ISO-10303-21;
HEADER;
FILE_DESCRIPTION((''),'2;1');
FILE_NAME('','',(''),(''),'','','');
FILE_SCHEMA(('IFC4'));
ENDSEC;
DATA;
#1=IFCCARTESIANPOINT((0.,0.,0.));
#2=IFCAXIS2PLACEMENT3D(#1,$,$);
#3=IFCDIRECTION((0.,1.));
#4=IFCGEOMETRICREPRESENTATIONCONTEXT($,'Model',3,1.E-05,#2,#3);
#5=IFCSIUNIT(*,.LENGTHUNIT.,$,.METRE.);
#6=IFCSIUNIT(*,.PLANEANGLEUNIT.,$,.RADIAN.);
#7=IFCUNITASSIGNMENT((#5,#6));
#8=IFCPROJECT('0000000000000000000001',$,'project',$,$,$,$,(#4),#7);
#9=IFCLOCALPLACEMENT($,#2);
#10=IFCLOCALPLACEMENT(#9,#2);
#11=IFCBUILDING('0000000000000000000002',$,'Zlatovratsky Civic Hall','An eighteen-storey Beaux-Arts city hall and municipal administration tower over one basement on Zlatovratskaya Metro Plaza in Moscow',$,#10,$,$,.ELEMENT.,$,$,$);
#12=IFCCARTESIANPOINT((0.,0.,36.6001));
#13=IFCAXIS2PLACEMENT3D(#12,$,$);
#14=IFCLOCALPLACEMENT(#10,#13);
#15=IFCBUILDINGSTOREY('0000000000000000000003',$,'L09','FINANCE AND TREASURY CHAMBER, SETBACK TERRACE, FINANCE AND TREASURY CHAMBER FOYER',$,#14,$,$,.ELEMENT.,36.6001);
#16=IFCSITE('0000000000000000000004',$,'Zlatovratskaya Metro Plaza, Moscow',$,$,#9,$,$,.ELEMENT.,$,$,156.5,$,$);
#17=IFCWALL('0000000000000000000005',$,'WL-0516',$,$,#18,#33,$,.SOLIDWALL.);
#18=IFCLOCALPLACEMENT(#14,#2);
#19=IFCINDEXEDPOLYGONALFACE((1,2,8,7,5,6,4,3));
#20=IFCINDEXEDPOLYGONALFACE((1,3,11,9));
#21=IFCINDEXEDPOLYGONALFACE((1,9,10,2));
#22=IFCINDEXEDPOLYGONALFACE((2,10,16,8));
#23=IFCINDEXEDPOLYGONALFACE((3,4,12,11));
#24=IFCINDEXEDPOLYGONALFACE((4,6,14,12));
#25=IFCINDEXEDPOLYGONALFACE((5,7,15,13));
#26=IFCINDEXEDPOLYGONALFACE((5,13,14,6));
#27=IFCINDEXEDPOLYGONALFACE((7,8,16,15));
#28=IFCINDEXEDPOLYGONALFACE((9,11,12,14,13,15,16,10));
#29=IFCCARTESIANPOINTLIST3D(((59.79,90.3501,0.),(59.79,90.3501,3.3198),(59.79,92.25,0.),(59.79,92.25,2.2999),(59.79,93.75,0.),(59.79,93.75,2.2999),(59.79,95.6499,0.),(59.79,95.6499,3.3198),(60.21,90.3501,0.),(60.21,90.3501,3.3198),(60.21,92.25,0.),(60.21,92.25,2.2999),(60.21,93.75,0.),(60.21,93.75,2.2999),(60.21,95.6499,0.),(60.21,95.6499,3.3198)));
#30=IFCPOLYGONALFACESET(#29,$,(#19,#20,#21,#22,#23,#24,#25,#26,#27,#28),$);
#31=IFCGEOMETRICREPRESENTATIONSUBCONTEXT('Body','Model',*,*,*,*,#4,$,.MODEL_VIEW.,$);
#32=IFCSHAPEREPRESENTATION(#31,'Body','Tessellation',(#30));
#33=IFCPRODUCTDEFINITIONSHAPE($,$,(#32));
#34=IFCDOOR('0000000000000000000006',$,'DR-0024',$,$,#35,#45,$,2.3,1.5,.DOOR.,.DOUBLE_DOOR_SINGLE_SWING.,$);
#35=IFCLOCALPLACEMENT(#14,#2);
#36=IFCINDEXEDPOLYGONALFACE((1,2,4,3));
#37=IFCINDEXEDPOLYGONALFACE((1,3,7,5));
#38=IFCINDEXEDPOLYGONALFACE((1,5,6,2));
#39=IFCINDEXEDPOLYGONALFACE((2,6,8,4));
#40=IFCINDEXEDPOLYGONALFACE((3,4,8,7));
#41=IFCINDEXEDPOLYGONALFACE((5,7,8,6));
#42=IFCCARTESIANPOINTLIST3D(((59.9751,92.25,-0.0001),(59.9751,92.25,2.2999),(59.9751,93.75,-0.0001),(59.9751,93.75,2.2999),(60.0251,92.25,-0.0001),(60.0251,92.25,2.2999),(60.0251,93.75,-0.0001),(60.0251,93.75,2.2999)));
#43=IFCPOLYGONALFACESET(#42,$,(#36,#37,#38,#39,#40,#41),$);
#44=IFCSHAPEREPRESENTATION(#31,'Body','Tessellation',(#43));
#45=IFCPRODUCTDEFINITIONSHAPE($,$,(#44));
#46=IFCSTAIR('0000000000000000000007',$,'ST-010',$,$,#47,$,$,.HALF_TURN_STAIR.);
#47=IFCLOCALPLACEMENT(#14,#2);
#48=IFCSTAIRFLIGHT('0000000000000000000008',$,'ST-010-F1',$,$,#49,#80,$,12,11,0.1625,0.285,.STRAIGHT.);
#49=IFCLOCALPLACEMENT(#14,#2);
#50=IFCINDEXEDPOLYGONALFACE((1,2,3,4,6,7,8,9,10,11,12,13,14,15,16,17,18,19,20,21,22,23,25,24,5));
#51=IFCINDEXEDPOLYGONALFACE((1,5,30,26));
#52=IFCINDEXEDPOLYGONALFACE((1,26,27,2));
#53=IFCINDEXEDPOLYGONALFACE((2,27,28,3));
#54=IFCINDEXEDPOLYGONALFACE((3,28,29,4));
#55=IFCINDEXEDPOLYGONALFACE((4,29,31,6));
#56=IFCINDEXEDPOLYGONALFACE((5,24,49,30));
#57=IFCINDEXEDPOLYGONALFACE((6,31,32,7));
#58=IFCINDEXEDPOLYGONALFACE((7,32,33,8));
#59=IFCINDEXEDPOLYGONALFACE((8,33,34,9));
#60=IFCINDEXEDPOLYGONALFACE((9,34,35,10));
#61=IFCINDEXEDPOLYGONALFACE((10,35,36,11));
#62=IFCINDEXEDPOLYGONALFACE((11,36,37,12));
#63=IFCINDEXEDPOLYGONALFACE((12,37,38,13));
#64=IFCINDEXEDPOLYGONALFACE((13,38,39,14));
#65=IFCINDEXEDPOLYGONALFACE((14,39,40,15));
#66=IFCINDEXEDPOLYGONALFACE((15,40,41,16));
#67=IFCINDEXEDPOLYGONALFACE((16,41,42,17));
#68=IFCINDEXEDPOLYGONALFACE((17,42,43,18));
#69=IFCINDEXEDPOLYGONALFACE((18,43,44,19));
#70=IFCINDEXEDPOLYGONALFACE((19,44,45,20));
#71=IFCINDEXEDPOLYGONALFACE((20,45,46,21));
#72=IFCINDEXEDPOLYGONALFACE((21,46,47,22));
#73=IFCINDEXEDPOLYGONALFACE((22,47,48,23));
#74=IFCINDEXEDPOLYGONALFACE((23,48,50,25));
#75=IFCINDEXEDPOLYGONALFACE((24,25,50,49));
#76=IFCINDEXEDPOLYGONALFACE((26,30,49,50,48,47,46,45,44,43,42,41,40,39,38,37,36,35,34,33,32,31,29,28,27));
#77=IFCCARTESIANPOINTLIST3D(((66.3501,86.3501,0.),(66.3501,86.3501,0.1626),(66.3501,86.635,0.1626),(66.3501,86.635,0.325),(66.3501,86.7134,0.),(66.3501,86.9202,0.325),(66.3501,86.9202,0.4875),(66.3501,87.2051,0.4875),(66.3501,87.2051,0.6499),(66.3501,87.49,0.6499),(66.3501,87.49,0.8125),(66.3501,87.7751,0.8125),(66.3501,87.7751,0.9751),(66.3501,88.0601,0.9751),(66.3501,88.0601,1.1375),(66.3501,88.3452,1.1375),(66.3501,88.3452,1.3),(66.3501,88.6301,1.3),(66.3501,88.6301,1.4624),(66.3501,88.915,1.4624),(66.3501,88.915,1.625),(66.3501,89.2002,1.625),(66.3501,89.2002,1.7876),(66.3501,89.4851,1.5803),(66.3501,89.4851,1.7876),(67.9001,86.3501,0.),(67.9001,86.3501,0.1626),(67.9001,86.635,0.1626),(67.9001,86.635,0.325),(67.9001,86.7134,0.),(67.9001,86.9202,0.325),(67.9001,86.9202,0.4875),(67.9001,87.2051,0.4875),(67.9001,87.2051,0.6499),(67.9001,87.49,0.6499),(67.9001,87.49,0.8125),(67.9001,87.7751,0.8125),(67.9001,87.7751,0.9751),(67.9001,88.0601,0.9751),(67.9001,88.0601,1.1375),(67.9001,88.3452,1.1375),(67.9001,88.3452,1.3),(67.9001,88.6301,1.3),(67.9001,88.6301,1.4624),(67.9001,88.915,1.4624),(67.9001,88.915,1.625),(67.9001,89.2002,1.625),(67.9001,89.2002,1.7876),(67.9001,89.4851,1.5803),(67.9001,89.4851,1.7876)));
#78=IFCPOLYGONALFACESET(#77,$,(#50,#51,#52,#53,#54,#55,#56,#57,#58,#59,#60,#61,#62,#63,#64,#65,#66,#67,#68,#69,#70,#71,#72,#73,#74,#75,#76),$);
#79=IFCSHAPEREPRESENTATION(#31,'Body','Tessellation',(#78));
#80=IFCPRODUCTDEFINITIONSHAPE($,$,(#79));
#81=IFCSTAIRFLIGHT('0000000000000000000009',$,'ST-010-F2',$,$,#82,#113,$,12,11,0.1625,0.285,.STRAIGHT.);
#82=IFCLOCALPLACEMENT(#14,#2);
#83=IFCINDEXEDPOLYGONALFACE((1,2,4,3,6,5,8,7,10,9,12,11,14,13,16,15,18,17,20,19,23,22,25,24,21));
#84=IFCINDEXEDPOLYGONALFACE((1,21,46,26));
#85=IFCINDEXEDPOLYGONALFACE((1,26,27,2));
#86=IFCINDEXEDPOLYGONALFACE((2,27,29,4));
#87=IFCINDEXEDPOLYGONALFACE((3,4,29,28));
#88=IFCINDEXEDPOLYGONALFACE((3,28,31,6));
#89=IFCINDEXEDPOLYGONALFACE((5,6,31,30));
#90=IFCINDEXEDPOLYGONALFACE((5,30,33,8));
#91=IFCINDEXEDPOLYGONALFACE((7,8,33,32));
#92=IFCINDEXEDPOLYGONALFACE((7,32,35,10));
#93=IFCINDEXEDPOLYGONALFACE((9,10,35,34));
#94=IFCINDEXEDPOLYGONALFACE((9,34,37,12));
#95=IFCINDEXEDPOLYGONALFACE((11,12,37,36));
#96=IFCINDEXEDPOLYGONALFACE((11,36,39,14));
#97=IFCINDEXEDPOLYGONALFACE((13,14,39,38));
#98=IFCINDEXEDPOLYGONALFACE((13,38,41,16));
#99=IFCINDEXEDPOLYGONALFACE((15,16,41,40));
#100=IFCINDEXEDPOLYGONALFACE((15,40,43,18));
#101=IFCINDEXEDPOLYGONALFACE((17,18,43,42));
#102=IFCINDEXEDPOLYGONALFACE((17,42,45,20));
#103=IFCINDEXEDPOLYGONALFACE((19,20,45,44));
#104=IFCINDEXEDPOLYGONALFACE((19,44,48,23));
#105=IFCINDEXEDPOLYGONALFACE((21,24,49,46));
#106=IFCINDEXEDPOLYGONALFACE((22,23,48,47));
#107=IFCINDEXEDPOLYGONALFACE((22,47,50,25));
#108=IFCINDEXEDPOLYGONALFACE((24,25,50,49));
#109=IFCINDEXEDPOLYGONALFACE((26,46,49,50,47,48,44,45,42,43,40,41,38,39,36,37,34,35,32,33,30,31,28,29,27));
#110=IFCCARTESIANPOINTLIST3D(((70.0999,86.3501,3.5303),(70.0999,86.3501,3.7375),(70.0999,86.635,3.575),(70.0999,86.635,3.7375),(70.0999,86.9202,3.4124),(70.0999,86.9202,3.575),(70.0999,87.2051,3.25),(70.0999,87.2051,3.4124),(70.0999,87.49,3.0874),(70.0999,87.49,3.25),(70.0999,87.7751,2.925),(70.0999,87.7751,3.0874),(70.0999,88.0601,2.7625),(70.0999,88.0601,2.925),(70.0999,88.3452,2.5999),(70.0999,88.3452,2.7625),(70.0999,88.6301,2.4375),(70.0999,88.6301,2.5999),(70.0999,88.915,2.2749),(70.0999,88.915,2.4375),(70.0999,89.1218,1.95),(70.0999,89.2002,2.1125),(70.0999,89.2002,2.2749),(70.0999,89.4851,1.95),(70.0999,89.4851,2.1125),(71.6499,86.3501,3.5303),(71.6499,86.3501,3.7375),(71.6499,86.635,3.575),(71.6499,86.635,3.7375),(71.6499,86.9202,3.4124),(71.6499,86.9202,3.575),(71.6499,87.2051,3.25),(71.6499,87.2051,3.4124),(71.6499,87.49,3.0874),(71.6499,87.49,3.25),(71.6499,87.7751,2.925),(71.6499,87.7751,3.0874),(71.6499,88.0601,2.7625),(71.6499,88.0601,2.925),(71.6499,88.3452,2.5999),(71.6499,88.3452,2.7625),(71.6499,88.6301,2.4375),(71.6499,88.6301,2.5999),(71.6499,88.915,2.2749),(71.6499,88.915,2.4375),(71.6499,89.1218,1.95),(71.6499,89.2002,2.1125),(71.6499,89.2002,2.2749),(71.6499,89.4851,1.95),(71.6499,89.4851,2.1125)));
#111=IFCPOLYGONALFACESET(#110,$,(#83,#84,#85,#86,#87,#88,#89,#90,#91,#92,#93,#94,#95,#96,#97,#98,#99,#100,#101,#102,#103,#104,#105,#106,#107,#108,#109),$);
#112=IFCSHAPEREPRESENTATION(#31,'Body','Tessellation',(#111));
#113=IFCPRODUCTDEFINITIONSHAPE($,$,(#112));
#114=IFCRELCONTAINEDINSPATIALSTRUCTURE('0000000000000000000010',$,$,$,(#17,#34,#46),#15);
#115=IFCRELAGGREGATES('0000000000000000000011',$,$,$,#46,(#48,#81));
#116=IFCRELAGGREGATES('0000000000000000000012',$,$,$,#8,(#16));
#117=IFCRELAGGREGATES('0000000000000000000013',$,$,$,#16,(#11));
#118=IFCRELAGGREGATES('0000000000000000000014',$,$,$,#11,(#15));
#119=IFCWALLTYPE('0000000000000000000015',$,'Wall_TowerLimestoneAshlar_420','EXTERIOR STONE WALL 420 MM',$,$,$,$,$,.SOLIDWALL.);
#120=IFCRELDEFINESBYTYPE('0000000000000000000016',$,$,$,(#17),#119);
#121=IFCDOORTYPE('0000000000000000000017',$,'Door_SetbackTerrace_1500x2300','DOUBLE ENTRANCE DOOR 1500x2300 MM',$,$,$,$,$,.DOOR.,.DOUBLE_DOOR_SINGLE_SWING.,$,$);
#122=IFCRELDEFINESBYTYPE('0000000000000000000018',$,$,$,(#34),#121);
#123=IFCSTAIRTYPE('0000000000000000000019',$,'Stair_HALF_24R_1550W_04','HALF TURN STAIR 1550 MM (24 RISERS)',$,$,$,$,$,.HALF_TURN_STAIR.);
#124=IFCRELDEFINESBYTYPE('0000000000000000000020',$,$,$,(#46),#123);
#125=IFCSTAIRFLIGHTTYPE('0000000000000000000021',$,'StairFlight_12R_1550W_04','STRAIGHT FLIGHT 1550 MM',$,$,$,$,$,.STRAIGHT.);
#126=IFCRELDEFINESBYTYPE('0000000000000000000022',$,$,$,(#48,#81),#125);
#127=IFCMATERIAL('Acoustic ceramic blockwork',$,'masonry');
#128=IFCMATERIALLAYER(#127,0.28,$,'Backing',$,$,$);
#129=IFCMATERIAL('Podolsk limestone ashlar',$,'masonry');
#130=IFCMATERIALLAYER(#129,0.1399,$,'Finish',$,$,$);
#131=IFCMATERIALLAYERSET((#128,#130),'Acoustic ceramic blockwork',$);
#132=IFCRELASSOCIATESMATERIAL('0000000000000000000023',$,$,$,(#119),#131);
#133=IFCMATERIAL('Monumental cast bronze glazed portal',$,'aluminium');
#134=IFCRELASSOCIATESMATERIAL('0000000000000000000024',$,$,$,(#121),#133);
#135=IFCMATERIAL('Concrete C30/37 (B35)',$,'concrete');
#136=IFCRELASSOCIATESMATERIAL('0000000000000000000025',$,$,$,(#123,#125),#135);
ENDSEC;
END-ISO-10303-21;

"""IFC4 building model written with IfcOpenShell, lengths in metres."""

from ifc_helpers import new_model, si_unit, direction, frame, frame_2d, origin, place, context, subcontext, project, spatial, polyline, rectangle, outline, extrude, material, layer, layer_set, type_object, element, fill, aggregate, save


model = new_model("IFC4")

# Units and contexts
model_context = context("Model", 3, precision=1e-05, world=origin(), true_north=direction((0.0, 1.0)))
body_context = subcontext(model_context, "Body", "Model", "MODEL_VIEW")
ifc_project = project(units=[si_unit("LENGTHUNIT", "METRE"), si_unit("PLANEANGLEUNIT", "RADIAN")], contexts=[model_context])

# Site, building, storey
site_placement = place(None, origin())
site = spatial("IfcSite", under=ifc_project, at=site_placement, Name="Zlatovratskaya Metro Plaza, Moscow", CompositionType="ELEMENT", RefElevation=156.5)
building_placement = place(site_placement, origin())
building = spatial("IfcBuilding", under=site, at=building_placement, Name="Zlatovratsky Civic Hall", Description="An eighteen-storey Beaux-Arts city hall and municipal administration tower over one basement on Zlatovratskaya Metro Plaza in Moscow", CompositionType="ELEMENT")
storey_placement = place(building_placement, frame((0.0, 0.0, 36.6001)))
storey = spatial("IfcBuildingStorey", under=building, at=storey_placement, Name="L09", Description="FINANCE AND TREASURY CHAMBER, SETBACK TERRACE, FINANCE AND TREASURY CHAMBER FOYER", CompositionType="ELEMENT", Elevation=36.6001)

# Shared definitions
ifc_material_1 = material(Name="Acoustic ceramic blockwork", Category="masonry")

# Wall, opening, door
ifc_layer_1 = layer(ifc_material_1, 0.28, Name="Backing")
ifc_material_2 = material(Name="Podolsk limestone ashlar", Category="masonry")
ifc_layer_2 = layer(ifc_material_2, 0.1399, Name="Finish")
ifc_layer_set_1 = layer_set([ifc_layer_1, ifc_layer_2], Name="Acoustic ceramic blockwork")
wall_type_1 = type_object("IfcWallType", Name="Wall_TowerLimestoneAshlar_420", Description="EXTERIOR STONE WALL 420 MM", PredefinedType="SOLIDWALL", material=ifc_layer_set_1)
wall_1_placement = place(storey_placement, frame((60.0, 90.3501, 0.0), z_axis=(0.0, 0.0, 1.0), x_axis=(0.0, 1.0, 0.0)))
wall_1 = element("IfcWall", 1, at=wall_1_placement, inside=storey, type_object=wall_type_1, Name="WL-0516", PredefinedType="SOLIDWALL", context=body_context, shape_type="SweptSolid", body=[
    extrude(rectangle(XDim=5.2998, YDim=0.4199, at=frame_2d((2.6499, 0.0))), origin(), (0.0, 0.0, 1.0), 3.3198),
])
opening_placement = place(wall_1_placement, frame((1.8999, 0.0, 0.0)))
opening = element("IfcOpeningElement", 2, at=opening_placement, cuts=wall_1, PredefinedType="OPENING", context=body_context, shape_type="SweptSolid", body=[
    extrude(rectangle(XDim=1.5, YDim=2.3, at=frame_2d((0.75, 1.1499))), frame((0.0, 0.2249, 0.0), z_axis=(0.0, -1.0, 0.0), x_axis=(1.0, 0.0, 0.0)), (0.0, 0.0, 1.0), 0.4497),
])
ifc_material_3 = material(Name="Monumental cast bronze glazed portal", Category="aluminium")
door_type = type_object("IfcDoorType", Name="Door_SetbackTerrace_1500x2300", Description="DOUBLE ENTRANCE DOOR 1500x2300 MM", OperationType="DOUBLE_DOOR_SINGLE_SWING", PredefinedType="DOOR", material=ifc_material_3)
door_placement = place(opening_placement, origin())
door = element("IfcDoor", 3, at=door_placement, inside=storey, type_object=door_type, Name="DR-0024", OperationType="DOUBLE_DOOR_SINGLE_SWING", OverallHeight=2.3, OverallWidth=1.5, PredefinedType="DOOR", context=body_context, shape_type="SweptSolid", body=[
    extrude(rectangle(XDim=1.5, YDim=2.3, at=frame_2d((0.75, 1.1499))), frame((0.0, 0.0249, 0.0), z_axis=(0.0, -1.0, 0.0), x_axis=(1.0, 0.0, 0.0)), (0.0, 0.0, 1.0), 0.05),
])
fill(opening, door)

# Stair, stair flights
ifc_material_4 = material(Name="Concrete C30/37 (B35)", Category="concrete")
stair_type = type_object("IfcStairType", Name="Stair_HALF_24R_1550W_04", Description="HALF TURN STAIR 1550 MM (24 RISERS)", PredefinedType="HALF_TURN_STAIR", material=ifc_material_4)
stair_placement = place(storey_placement, origin())
stair = element("IfcStair", 4, at=stair_placement, inside=storey, type_object=stair_type, Name="ST-010", PredefinedType="HALF_TURN_STAIR")
stair_flight_type = type_object("IfcStairFlightType", Name="StairFlight_12R_1550W_04", Description="STRAIGHT FLIGHT 1550 MM", PredefinedType="STRAIGHT", material=ifc_material_4)
stair_flight_1_placement = place(storey_placement, frame((67.125, 86.3501, 0.0), z_axis=(0.0, 0.0, 1.0), x_axis=(0.0, 1.0, 0.0)))
stair_flight_1 = element("IfcStairFlight", 5, at=stair_flight_1_placement, type_object=stair_flight_type, Name="ST-010-F1", NumberOfRisers=12, NumberOfTreads=11, PredefinedType="STRAIGHT", RiserHeight=0.1625, TreadLength=0.285, context=body_context, shape_type="SweptSolid", body=[
    extrude(outline(polyline([(0.0, 0.0), (0.0, 0.1626), (0.2849, 0.1626), (0.2849, 0.325), (0.5701, 0.325), (0.5701, 0.4875), (0.855, 0.4875), (0.855, 0.6499), (1.1399, 0.6499), (1.1399, 0.8125), (1.425, 0.8125), (1.425, 0.9751), (1.71, 0.9751), (1.71, 1.1375), (1.9951, 1.1375), (1.9951, 1.3), (2.28, 1.3), (2.28, 1.4624), (2.5649, 1.4624), (2.5649, 1.625), (2.8501, 1.625), (2.8501, 1.7876), (3.135, 1.7876), (3.135, 1.95), (3.135, 1.5803), (0.3633, 0.0), (0.0, 0.0)])), frame((0.0, 0.7749, 0.0), z_axis=(0.0, -1.0, 0.0), x_axis=(1.0, 0.0, 0.0)), (0.0, 0.0, 1.0), 1.55),
])
stair_flight_2_placement = place(storey_placement, frame((70.875, 89.4851, 1.95), z_axis=(0.0, 0.0, 1.0), x_axis=(0.0, -1.0, 0.0)))
stair_flight_2 = element("IfcStairFlight", 6, at=stair_flight_2_placement, type_object=stair_flight_type, Name="ST-010-F2", NumberOfRisers=12, NumberOfTreads=11, PredefinedType="STRAIGHT", RiserHeight=0.1625, TreadLength=0.285, context=body_context, shape_type="SweptSolid", body=[
    extrude(outline(polyline([(0.0, 0.0), (0.0, 0.1626), (0.2849, 0.1626), (0.2849, 0.325), (0.5701, 0.325), (0.5701, 0.4875), (0.855, 0.4875), (0.855, 0.6499), (1.1399, 0.6499), (1.1399, 0.8125), (1.425, 0.8125), (1.425, 0.9751), (1.71, 0.9751), (1.71, 1.1375), (1.9951, 1.1375), (1.9951, 1.3), (2.28, 1.3), (2.28, 1.4624), (2.5649, 1.4624), (2.5649, 1.625), (2.8501, 1.625), (2.8501, 1.7876), (3.135, 1.7876), (3.135, 1.95), (3.135, 1.5803), (0.3633, 0.0), (0.0, 0.0)])), frame((0.0, 0.7749, 0.0), z_axis=(0.0, -1.0, 0.0), x_axis=(1.0, 0.0, 0.0)), (0.0, 0.0, 1.0), 1.55),
])
aggregate(stair, [stair_flight_1, stair_flight_2])

save(model, "model.ifc")
